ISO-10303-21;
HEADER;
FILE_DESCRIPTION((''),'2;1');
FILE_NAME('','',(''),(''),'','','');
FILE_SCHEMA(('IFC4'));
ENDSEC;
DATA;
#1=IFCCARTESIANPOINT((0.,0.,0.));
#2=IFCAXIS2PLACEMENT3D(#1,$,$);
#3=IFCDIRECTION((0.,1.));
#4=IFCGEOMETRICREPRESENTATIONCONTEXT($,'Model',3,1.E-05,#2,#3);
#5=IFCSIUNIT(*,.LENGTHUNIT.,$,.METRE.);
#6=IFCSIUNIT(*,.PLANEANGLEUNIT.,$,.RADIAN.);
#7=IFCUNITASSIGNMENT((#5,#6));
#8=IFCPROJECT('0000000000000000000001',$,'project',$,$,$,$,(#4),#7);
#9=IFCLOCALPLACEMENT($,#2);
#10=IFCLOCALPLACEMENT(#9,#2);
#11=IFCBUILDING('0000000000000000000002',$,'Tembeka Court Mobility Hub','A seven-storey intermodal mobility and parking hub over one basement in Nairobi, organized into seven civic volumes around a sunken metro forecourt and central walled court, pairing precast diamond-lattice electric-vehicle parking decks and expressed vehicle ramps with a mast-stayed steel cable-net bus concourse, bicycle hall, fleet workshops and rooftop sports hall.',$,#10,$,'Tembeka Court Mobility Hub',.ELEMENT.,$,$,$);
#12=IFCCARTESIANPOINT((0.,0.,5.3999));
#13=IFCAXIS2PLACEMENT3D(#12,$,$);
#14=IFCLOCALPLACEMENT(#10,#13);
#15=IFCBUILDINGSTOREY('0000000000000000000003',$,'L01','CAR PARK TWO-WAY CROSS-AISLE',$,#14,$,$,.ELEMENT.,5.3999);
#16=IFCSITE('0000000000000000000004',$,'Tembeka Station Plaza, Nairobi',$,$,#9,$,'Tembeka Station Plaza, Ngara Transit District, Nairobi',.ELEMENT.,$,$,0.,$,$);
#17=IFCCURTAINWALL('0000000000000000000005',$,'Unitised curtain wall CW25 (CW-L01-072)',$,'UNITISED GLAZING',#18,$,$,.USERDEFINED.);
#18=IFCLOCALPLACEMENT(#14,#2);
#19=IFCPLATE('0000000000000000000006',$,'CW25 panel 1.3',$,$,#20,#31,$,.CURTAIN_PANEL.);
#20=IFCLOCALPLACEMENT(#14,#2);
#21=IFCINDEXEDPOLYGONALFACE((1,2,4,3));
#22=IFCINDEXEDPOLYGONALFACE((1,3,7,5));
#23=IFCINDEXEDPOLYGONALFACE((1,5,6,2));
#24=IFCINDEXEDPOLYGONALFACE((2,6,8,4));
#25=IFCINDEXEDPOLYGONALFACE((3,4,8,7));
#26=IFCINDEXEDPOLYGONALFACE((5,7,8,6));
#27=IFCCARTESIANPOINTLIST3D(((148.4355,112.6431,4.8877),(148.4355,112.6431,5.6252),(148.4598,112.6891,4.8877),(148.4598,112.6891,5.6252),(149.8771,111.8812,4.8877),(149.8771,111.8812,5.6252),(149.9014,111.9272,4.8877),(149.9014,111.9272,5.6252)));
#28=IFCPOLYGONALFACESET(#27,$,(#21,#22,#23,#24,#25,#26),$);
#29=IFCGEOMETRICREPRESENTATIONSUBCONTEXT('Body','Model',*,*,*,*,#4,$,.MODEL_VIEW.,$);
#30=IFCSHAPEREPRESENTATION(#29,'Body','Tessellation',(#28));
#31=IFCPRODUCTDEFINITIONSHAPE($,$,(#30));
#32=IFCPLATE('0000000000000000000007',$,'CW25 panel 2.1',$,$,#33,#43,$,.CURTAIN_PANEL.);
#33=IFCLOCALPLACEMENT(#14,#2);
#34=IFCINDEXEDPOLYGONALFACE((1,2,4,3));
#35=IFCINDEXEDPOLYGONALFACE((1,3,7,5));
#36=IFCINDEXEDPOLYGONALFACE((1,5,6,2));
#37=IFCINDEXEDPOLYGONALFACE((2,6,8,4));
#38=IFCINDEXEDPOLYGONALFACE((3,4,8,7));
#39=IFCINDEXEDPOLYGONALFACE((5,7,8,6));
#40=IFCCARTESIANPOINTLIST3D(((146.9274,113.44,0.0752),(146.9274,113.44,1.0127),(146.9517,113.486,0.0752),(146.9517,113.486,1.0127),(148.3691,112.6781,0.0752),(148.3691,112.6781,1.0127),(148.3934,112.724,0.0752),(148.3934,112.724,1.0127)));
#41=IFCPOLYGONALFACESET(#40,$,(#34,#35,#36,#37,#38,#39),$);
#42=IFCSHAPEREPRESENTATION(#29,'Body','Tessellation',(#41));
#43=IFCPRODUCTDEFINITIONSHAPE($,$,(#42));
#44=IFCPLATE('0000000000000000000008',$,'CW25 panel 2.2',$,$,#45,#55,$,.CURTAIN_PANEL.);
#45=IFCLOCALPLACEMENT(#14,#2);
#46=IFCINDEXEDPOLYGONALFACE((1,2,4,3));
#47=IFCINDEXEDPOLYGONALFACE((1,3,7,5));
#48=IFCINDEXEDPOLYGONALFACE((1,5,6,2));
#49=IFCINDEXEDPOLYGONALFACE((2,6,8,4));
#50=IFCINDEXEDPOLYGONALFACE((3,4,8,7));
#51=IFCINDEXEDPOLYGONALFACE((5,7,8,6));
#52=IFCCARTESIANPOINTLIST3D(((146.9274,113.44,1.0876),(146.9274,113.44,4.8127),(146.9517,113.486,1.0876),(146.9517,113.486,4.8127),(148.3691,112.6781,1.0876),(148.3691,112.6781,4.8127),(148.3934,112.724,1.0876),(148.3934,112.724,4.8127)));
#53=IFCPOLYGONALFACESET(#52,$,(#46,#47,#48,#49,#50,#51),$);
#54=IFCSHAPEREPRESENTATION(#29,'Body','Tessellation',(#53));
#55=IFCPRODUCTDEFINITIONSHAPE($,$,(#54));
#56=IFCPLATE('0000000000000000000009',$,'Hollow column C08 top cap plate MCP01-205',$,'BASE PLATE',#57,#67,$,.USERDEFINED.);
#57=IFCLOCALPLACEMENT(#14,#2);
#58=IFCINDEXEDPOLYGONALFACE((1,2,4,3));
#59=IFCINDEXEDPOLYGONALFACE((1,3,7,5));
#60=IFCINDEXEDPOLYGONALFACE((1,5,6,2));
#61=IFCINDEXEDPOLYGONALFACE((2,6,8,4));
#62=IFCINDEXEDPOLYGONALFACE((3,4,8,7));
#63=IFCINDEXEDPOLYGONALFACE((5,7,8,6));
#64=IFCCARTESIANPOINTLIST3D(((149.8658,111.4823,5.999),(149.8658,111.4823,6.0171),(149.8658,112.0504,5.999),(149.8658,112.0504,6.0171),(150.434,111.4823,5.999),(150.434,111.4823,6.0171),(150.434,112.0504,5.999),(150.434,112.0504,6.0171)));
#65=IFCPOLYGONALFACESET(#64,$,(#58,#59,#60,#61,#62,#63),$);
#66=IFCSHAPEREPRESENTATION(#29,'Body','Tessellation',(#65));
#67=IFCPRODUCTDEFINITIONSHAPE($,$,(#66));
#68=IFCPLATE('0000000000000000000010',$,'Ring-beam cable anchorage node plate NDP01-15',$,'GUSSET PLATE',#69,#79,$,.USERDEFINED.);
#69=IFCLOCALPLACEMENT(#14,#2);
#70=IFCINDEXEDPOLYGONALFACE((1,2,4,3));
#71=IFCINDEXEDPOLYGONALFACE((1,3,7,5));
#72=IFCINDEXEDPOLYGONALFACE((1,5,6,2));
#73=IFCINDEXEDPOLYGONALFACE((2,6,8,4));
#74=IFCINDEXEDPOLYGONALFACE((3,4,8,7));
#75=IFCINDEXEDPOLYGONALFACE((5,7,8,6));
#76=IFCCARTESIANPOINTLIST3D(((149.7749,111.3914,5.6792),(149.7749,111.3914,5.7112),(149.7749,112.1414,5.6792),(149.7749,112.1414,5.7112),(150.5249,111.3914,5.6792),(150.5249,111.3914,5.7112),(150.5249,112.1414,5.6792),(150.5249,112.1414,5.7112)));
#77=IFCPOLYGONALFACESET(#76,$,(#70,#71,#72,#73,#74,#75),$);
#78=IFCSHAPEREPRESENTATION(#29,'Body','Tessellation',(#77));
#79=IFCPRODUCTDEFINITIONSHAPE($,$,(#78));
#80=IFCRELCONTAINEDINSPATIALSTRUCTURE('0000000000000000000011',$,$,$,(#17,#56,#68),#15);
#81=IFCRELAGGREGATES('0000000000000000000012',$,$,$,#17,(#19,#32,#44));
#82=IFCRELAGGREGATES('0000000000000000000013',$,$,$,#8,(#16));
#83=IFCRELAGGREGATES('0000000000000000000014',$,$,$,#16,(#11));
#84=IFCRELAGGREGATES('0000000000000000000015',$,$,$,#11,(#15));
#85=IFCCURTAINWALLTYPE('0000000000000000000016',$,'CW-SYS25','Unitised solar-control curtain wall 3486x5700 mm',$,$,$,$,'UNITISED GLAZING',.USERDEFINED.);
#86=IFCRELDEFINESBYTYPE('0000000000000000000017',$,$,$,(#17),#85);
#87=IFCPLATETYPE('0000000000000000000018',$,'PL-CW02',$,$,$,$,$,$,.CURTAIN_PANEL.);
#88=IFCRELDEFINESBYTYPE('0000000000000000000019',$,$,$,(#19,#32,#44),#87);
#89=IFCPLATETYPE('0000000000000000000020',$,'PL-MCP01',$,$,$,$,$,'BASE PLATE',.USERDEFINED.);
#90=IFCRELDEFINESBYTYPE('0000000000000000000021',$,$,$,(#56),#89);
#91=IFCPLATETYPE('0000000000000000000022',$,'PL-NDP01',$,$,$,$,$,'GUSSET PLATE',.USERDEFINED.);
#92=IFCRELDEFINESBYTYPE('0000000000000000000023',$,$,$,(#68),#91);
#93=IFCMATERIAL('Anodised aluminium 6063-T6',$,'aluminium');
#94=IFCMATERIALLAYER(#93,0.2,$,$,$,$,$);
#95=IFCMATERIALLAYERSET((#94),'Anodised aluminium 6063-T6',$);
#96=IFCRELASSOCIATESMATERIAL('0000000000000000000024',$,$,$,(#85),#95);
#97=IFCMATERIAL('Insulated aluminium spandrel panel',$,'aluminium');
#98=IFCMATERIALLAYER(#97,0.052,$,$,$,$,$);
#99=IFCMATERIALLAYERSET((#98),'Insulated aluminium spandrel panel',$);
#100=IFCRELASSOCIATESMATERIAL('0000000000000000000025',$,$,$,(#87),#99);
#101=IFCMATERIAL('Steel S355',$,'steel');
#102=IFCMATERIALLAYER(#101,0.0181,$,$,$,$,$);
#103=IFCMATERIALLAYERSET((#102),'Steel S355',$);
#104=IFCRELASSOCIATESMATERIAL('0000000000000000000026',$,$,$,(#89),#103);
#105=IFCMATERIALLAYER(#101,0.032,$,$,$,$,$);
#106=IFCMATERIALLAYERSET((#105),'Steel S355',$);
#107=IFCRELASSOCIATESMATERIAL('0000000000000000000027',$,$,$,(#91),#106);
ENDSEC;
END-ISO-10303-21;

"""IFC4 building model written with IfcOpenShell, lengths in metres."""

from ifc_helpers import new_model, si_unit, direction, frame, origin, origin_2d, place, context, subcontext, project, spatial, rectangle, extrude, material, layer, layer_set, type_object, element, aggregate, save


model = new_model("IFC4")

# Units and contexts
model_context = context("Model", 3, precision=1e-05, world=origin(), true_north=direction((0.0, 1.0)))
body_context = subcontext(model_context, "Body", "Model", "MODEL_VIEW")
ifc_project = project(units=[si_unit("LENGTHUNIT", "METRE"), si_unit("PLANEANGLEUNIT", "RADIAN")], contexts=[model_context])

# Site, building, storey
site_placement = place(None, origin())
site = spatial("IfcSite", under=ifc_project, at=site_placement, Name="Tembeka Station Plaza, Nairobi", LongName="Tembeka Station Plaza, Ngara Transit District, Nairobi", CompositionType="ELEMENT", RefElevation=0.0)
building_placement = place(site_placement, origin())
building = spatial("IfcBuilding", under=site, at=building_placement, Name="Tembeka Court Mobility Hub", Description="A seven-storey intermodal mobility and parking hub over one basement in Nairobi, organized into seven civic volumes around a sunken metro forecourt and central walled court, pairing precast diamond-lattice electric-vehicle parking decks and expressed vehicle ramps with a mast-stayed steel cable-net bus concourse, bicycle hall, fleet workshops and rooftop sports hall.", LongName="Tembeka Court Mobility Hub", CompositionType="ELEMENT")
storey_placement = place(building_placement, frame((0.0, 0.0, 5.3999)))
storey = spatial("IfcBuildingStorey", under=building, at=storey_placement, Name="L01", Description="CAR PARK TWO-WAY CROSS-AISLE", CompositionType="ELEMENT", Elevation=5.3999)

# Shared definitions
ifc_material_1 = material(Name="Steel S355", Category="steel")

# Shared definitions
ifc_material_2 = material(Name="Anodised aluminium 6063-T6", Category="aluminium")
ifc_layer_1 = layer(ifc_material_2, 0.2)
ifc_layer_set_1 = layer_set([ifc_layer_1], Name="Anodised aluminium 6063-T6")
curtain_wall_type = type_object("IfcCurtainWallType", Name="CW-SYS25", Description="Unitised solar-control curtain wall 3486x5700 mm", ElementType="UNITISED GLAZING", PredefinedType="USERDEFINED", material=ifc_layer_set_1)

# Curtain wall
curtain_wall_1_placement = place(storey_placement, origin())
curtain_wall_1 = element("IfcCurtainWall", 1, at=curtain_wall_1_placement, inside=storey, type_object=curtain_wall_type, Name="Unitised curtain wall CW25 (CW-L01-072)", ObjectType="UNITISED GLAZING", PredefinedType="USERDEFINED")

# Plates
ifc_material_3 = material(Name="Insulated aluminium spandrel panel", Category="aluminium")
ifc_layer_2 = layer(ifc_material_3, 0.052)
ifc_layer_set_2 = layer_set([ifc_layer_2], Name="Insulated aluminium spandrel panel")
plate_type_1 = type_object("IfcPlateType", Name="PL-CW02", PredefinedType="CURTAIN_PANEL", material=ifc_layer_set_2)
plate_1_placement = place(storey_placement, frame((149.1685, 112.2852, 4.8877), z_axis=(0.0, 0.0, 1.0), x_axis=(-0.884108, 0.467283, 0.0)))
plate_1 = element("IfcPlate", 2, at=plate_1_placement, type_object=plate_type_1, Name="CW25 panel 1.3", PredefinedType="CURTAIN_PANEL", context=body_context, shape_type="SweptSolid", body=[
    extrude(rectangle(XDim=1.6306, YDim=0.052, at=origin_2d()), origin(), (0.0, 0.0, 1.0), 0.7375),
])
plate_2_placement = place(storey_placement, frame((147.6604, 113.082, 0.0752), z_axis=(0.0, 0.0, 1.0), x_axis=(-0.884108, 0.467283, 0.0)))
plate_2 = element("IfcPlate", 3, at=plate_2_placement, type_object=plate_type_1, Name="CW25 panel 2.1", PredefinedType="CURTAIN_PANEL", context=body_context, shape_type="SweptSolid", body=[
    extrude(rectangle(XDim=1.6306, YDim=0.052, at=origin_2d()), origin(), (0.0, 0.0, 1.0), 0.9375),
])
plate_3_placement = place(storey_placement, frame((147.6604, 113.082, 1.0876), z_axis=(0.0, 0.0, 1.0), x_axis=(-0.884108, 0.467283, 0.0)))
plate_3 = element("IfcPlate", 4, at=plate_3_placement, type_object=plate_type_1, Name="CW25 panel 2.2", PredefinedType="CURTAIN_PANEL", context=body_context, shape_type="SweptSolid", body=[
    extrude(rectangle(XDim=1.6306, YDim=0.052, at=origin_2d()), origin(), (0.0, 0.0, 1.0), 3.7251),
])
aggregate(curtain_wall_1, [plate_1, plate_2, plate_3])

# Plates
ifc_layer_3 = layer(ifc_material_1, 0.0181)
ifc_layer_set_3 = layer_set([ifc_layer_3], Name="Steel S355")
plate_type_2 = type_object("IfcPlateType", Name="PL-MCP01", ElementType="BASE PLATE", PredefinedType="USERDEFINED", material=ifc_layer_set_3)
plate_4_placement = place(storey_placement, frame((150.1499, 111.7664, 5.999), z_axis=(0.0, 0.0, 1.0), x_axis=(1.0, 0.0, 0.0)))
element("IfcPlate", 5, at=plate_4_placement, inside=storey, type_object=plate_type_2, Name="Hollow column C08 top cap plate MCP01-205", ObjectType="BASE PLATE", PredefinedType="USERDEFINED", context=body_context, shape_type="SweptSolid", body=[
    extrude(rectangle(XDim=0.5681, YDim=0.5681, at=origin_2d()), origin(), (0.0, 0.0, 1.0), 0.0181),
])
ifc_layer_4 = layer(ifc_material_1, 0.032)
ifc_layer_set_4 = layer_set([ifc_layer_4], Name="Steel S355")
plate_type_3 = type_object("IfcPlateType", Name="PL-NDP01", ElementType="GUSSET PLATE", PredefinedType="USERDEFINED", material=ifc_layer_set_4)
plate_5_placement = place(storey_placement, frame((150.1499, 111.7664, 5.6792), z_axis=(0.0, 0.0, 1.0), x_axis=(1.0, 0.0, 0.0)))
element("IfcPlate", 6, at=plate_5_placement, inside=storey, type_object=plate_type_3, Name="Ring-beam cable anchorage node plate NDP01-15", ObjectType="GUSSET PLATE", PredefinedType="USERDEFINED", context=body_context, shape_type="SweptSolid", body=[
    extrude(rectangle(XDim=0.75, YDim=0.75, at=origin_2d()), origin(), (0.0, 0.0, 1.0), 0.032),
])

save(model, "model.ifc")
